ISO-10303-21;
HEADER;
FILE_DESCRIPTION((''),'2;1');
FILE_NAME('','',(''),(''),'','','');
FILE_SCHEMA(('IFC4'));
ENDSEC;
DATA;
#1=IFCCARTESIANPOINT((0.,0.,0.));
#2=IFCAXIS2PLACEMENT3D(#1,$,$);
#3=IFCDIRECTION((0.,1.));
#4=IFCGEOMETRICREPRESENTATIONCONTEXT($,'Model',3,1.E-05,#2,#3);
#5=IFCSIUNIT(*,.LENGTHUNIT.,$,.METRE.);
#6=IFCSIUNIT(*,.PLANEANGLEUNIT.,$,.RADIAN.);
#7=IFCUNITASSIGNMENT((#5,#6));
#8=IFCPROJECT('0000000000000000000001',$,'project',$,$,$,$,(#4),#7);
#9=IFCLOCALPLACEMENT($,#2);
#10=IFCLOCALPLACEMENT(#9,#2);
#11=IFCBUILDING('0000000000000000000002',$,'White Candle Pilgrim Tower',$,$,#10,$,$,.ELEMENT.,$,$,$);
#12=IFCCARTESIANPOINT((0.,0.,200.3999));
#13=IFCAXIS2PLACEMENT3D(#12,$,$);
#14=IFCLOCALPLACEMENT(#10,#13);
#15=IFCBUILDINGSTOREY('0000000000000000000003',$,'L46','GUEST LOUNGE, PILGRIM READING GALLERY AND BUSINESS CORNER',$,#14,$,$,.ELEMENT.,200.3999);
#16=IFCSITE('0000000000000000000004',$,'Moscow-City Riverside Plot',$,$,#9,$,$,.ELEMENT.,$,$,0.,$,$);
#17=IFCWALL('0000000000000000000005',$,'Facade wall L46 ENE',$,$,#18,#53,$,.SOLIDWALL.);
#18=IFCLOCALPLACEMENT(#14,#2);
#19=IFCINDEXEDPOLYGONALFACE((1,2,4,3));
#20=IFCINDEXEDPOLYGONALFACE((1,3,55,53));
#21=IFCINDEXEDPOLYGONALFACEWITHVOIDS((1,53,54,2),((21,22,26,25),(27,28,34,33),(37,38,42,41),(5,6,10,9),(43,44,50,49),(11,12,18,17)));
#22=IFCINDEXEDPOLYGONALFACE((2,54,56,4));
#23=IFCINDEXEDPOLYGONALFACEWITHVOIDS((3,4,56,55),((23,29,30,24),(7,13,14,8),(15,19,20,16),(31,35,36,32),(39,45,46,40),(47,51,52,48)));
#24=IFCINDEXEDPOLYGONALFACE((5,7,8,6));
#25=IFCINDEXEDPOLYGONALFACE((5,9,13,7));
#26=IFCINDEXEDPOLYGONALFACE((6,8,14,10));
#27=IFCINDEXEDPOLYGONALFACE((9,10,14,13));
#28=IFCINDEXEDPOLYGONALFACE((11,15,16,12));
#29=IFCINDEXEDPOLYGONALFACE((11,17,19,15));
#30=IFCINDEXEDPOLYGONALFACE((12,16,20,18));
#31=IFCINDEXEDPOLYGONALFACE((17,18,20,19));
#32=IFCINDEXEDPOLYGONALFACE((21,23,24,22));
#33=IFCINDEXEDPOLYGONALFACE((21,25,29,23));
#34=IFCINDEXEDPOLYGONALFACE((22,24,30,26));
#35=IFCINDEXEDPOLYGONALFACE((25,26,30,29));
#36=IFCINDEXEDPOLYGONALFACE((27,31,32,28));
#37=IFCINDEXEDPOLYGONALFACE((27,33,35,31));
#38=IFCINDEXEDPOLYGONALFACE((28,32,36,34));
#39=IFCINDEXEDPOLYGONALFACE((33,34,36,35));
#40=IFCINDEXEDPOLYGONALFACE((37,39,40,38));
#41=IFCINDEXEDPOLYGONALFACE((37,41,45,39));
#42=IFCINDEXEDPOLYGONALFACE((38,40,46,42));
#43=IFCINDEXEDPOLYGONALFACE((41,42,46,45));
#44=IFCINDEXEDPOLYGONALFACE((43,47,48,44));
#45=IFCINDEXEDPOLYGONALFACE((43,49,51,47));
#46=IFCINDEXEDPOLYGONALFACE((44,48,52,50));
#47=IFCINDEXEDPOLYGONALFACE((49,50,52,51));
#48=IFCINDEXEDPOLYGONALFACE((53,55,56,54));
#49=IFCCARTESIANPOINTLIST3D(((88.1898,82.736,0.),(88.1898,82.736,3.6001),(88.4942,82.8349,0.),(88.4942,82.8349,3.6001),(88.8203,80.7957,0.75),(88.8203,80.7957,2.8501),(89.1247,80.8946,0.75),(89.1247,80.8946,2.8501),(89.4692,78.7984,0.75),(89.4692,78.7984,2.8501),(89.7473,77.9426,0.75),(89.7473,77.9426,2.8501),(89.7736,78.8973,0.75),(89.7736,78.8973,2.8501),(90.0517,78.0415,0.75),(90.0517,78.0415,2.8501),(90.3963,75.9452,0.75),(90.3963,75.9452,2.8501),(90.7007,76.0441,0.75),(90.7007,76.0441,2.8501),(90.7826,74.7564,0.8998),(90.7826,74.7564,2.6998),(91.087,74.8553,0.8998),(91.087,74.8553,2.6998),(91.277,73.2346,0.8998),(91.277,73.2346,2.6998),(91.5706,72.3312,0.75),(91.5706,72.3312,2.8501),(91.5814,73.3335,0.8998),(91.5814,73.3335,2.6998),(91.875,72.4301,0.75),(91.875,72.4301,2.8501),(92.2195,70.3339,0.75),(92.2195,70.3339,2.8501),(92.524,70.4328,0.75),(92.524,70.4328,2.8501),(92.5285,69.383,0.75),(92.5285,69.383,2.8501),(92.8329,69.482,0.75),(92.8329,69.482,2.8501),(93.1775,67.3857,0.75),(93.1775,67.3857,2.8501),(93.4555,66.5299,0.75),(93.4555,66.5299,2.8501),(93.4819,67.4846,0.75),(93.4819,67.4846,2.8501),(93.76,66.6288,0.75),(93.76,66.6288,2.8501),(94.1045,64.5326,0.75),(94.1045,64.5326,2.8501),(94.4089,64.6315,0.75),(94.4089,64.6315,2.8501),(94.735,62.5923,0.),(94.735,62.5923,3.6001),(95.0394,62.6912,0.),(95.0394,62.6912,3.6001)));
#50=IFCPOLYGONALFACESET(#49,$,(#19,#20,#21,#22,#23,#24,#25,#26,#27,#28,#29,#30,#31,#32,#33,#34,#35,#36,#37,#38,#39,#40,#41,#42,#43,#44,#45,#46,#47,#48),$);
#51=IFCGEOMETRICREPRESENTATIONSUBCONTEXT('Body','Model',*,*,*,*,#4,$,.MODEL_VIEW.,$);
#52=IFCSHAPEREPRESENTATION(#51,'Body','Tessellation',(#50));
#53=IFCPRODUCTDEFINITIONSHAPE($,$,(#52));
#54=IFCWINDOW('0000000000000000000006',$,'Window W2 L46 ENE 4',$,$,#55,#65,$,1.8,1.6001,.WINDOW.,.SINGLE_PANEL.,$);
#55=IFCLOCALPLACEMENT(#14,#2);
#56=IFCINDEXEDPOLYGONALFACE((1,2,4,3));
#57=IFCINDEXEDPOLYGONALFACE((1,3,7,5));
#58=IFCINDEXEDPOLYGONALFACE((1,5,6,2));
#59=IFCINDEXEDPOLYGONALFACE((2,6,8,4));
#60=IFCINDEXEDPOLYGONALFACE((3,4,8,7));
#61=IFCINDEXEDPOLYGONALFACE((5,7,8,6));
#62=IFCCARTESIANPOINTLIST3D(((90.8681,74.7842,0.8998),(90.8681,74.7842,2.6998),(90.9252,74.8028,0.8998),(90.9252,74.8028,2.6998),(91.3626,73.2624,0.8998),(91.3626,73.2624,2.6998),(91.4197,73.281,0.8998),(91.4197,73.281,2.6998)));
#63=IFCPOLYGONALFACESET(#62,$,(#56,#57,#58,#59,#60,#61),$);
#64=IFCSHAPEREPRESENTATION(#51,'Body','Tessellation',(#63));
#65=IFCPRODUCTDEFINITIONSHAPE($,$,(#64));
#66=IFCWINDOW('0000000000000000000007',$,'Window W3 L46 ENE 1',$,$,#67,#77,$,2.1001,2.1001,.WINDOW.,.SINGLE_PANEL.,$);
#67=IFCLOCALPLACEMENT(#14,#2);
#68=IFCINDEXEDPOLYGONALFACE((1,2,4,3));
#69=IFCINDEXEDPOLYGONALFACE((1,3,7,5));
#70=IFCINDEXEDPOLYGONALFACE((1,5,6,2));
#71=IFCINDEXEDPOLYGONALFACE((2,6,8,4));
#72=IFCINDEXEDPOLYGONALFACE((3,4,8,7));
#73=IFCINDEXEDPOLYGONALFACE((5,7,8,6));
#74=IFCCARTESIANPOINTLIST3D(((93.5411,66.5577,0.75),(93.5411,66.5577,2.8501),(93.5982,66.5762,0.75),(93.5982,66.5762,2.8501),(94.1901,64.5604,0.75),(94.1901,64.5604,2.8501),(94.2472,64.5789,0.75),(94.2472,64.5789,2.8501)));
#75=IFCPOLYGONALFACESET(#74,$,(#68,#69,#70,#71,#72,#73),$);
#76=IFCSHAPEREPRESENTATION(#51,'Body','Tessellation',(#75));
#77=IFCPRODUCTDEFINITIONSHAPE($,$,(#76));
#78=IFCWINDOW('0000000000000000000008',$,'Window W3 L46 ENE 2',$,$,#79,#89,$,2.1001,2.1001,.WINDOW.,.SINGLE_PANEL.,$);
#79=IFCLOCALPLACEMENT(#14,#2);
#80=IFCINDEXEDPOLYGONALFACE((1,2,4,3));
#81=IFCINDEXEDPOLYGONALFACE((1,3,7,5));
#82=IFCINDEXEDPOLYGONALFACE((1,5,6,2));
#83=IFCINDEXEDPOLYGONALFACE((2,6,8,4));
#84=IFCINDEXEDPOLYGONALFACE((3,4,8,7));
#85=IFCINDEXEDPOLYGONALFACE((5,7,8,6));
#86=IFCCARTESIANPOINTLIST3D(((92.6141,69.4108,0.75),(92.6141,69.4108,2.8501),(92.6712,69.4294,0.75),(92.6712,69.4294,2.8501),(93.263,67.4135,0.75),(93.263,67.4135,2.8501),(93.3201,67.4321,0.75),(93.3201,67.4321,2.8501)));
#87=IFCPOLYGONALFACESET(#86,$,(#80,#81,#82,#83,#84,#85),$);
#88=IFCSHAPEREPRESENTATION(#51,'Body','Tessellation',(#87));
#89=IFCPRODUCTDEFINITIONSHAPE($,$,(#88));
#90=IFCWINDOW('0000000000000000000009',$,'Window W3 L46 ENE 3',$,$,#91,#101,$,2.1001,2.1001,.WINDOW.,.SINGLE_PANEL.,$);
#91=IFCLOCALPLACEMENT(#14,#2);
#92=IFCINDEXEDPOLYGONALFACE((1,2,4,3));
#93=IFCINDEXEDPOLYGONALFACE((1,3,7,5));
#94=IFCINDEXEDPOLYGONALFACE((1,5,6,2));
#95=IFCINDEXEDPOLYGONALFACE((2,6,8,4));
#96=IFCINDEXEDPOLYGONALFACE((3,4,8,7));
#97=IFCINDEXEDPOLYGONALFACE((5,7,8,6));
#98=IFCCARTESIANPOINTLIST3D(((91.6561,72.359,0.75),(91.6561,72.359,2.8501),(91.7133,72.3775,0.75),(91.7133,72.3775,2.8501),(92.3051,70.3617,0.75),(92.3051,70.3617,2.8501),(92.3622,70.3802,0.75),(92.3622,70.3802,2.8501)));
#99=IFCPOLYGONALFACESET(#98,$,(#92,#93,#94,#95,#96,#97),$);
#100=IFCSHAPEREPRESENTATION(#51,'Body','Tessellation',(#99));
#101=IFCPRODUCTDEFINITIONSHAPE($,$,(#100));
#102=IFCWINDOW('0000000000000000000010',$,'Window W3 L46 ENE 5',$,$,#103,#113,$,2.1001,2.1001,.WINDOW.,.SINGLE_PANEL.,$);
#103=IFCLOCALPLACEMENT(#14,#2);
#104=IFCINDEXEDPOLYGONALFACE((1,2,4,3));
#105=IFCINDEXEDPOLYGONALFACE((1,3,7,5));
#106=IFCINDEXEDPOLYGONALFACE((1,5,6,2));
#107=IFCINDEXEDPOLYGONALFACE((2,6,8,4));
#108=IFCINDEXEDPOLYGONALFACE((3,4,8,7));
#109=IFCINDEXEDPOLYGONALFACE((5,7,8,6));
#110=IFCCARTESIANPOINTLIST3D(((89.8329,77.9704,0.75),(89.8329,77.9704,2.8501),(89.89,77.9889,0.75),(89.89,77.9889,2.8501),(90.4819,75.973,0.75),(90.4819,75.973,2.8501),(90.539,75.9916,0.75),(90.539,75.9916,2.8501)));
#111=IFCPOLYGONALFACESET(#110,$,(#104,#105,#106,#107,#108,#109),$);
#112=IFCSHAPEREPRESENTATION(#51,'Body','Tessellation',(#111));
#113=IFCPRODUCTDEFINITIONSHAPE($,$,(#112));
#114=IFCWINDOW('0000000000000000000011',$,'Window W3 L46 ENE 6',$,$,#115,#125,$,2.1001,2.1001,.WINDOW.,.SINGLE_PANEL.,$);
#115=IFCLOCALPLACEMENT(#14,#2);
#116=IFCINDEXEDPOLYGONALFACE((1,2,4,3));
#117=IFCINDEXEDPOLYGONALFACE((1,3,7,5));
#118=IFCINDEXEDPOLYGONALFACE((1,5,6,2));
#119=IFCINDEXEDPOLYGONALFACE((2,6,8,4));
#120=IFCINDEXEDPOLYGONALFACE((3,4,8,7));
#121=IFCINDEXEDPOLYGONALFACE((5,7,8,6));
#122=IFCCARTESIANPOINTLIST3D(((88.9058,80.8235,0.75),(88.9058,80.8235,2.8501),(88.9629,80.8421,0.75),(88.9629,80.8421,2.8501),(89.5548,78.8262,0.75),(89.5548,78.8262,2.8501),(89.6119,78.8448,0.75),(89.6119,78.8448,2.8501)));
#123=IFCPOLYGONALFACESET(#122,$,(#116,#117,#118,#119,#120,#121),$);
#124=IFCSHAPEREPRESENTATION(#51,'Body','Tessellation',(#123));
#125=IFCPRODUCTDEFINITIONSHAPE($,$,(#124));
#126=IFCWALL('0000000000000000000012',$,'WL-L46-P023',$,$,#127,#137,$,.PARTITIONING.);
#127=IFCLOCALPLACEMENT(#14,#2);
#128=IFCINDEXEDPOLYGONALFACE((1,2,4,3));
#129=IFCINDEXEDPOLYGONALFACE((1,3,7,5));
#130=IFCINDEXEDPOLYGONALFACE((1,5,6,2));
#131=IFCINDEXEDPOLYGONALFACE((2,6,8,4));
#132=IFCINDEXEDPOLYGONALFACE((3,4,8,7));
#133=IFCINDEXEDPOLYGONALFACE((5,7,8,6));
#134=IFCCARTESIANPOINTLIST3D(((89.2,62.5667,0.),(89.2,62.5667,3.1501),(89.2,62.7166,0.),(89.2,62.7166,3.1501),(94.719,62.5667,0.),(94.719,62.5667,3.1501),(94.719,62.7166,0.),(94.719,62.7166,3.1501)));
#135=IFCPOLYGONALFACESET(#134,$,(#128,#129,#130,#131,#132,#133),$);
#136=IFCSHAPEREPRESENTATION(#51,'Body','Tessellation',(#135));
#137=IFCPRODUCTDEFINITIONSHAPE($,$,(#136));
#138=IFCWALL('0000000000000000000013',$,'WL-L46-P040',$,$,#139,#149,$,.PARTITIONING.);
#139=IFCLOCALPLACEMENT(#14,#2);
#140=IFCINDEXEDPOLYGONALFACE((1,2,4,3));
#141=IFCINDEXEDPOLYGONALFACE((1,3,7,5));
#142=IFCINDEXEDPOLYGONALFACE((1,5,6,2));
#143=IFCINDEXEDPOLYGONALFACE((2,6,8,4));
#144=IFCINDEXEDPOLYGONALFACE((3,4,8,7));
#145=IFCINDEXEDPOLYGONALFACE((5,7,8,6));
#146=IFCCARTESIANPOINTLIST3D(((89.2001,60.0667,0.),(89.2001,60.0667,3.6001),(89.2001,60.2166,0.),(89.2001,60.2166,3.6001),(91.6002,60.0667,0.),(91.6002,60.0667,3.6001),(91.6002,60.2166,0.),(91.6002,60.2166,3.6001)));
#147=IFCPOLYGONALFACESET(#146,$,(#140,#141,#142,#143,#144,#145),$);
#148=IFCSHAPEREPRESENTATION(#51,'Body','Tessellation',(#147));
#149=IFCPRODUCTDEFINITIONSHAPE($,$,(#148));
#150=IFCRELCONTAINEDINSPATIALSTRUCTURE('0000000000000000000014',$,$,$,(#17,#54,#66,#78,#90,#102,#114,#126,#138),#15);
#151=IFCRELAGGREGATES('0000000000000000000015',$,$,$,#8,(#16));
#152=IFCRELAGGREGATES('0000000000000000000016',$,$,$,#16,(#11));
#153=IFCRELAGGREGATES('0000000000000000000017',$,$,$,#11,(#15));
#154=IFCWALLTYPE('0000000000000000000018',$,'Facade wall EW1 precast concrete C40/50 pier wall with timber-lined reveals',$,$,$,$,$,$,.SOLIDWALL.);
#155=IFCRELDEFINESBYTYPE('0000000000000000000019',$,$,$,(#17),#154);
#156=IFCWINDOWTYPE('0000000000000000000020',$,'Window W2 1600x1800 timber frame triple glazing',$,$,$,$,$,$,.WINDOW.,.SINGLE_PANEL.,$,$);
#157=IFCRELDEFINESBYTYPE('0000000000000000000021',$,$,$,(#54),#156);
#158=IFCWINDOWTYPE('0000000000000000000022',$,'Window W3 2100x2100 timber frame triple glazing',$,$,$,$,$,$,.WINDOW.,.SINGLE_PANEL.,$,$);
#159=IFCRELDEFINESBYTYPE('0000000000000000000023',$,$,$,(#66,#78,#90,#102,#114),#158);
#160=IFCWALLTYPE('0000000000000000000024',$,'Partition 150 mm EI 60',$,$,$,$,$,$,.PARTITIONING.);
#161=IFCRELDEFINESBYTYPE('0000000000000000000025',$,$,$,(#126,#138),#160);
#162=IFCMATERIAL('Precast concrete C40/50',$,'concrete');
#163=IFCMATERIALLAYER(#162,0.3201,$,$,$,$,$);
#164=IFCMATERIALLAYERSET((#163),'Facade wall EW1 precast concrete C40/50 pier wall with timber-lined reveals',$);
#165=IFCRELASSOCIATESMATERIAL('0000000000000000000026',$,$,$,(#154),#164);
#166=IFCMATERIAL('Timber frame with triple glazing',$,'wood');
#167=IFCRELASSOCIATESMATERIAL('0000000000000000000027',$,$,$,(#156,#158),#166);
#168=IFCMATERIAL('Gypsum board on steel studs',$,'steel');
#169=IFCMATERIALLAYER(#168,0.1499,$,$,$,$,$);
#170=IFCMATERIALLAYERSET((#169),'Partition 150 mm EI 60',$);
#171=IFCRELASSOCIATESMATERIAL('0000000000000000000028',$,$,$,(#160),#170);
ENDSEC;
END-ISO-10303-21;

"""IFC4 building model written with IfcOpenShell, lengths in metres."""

from ifc_helpers import new_model, si_unit, direction, frame, frame_2d, origin, place, context, subcontext, project, spatial, rectangle, extrude, material, layer, layer_set, type_object, element, fill, save


model = new_model("IFC4")

# Units and contexts
model_context = context("Model", 3, precision=1e-05, world=origin(), true_north=direction((0.0, 1.0)))
body_context = subcontext(model_context, "Body", "Model", "MODEL_VIEW")
ifc_project = project(units=[si_unit("LENGTHUNIT", "METRE"), si_unit("PLANEANGLEUNIT", "RADIAN")], contexts=[model_context])

# Site, building, storey
site_placement = place(None, origin())
site = spatial("IfcSite", under=ifc_project, at=site_placement, Name="Moscow-City Riverside Plot", CompositionType="ELEMENT", RefElevation=0.0)
building_placement = place(site_placement, origin())
building = spatial("IfcBuilding", under=site, at=building_placement, Name="White Candle Pilgrim Tower", CompositionType="ELEMENT")
storey_placement = place(building_placement, frame((0.0, 0.0, 200.3999)))
storey = spatial("IfcBuildingStorey", under=building, at=storey_placement, Name="L46", Description="GUEST LOUNGE, PILGRIM READING GALLERY AND BUSINESS CORNER", CompositionType="ELEMENT", Elevation=200.3999)

# Shared definitions
ifc_material_1 = material(Name="Gypsum board on steel studs", Category="steel")

# Wall, openings, windows
ifc_material_2 = material(Name="Precast concrete C40/50", Category="concrete")
ifc_layer_1 = layer(ifc_material_2, 0.3201)
ifc_layer_set_1 = layer_set([ifc_layer_1], Name="Facade wall EW1 precast concrete C40/50 pier wall with timber-lined reveals")
wall_type_1 = type_object("IfcWallType", Name="Facade wall EW1 precast concrete C40/50 pier wall with timber-lined reveals", PredefinedType="SOLIDWALL", material=ifc_layer_set_1)
wall_1_placement = place(storey_placement, frame((94.8872, 62.6416, 0.0), z_axis=(0.0, 0.0, 1.0), x_axis=(-0.309019, 0.951056, 0.0)))
wall_1 = element("IfcWall", 1, at=wall_1_placement, inside=storey, type_object=wall_type_1, Name="Facade wall L46 ENE", PredefinedType="SOLIDWALL", context=body_context, shape_type="SweptSolid", body=[
    extrude(rectangle(XDim=21.1804, YDim=0.3201, at=frame_2d((10.5903, 0.0))), origin(), (0.0, 0.0, 1.0), 3.6001),
])
opening_1_placement = place(wall_1_placement, frame((2.0403, 0.0, 0.75)))
opening_1 = element("IfcOpeningElement", 2, at=opening_1_placement, cuts=wall_1, PredefinedType="OPENING", context=body_context, shape_type="SweptSolid", body=[
    extrude(rectangle(XDim=2.1001, YDim=2.1001, at=frame_2d((1.05, 1.05))), frame((0.0, 0.1699, 0.0), z_axis=(0.0, -1.0, 0.0), x_axis=(1.0, 0.0, 0.0)), (0.0, 0.0, 1.0), 0.3401),
])
opening_2_placement = place(wall_1_placement, frame((5.0403, 0.0, 0.75)))
opening_2 = element("IfcOpeningElement", 3, at=opening_2_placement, cuts=wall_1, PredefinedType="OPENING", context=body_context, shape_type="SweptSolid", body=[
    extrude(rectangle(XDim=2.1001, YDim=2.1001, at=frame_2d((1.05, 1.05))), frame((0.0, 0.1699, 0.0), z_axis=(0.0, -1.0, 0.0), x_axis=(1.0, 0.0, 0.0)), (0.0, 0.0, 1.0), 0.3401),
])
opening_3_placement = place(wall_1_placement, frame((8.1401, 0.0, 0.75)))
opening_3 = element("IfcOpeningElement", 4, at=opening_3_placement, cuts=wall_1, PredefinedType="OPENING", context=body_context, shape_type="SweptSolid", body=[
    extrude(rectangle(XDim=2.1001, YDim=2.1001, at=frame_2d((1.05, 1.05))), frame((0.0, 0.1699, 0.0), z_axis=(0.0, -1.0, 0.0), x_axis=(1.0, 0.0, 0.0)), (0.0, 0.0, 1.0), 0.3401),
])
opening_4_placement = place(wall_1_placement, frame((11.1902, 0.0, 0.8999)))
opening_4 = element("IfcOpeningElement", 5, at=opening_4_placement, cuts=wall_1, PredefinedType="OPENING", context=body_context, shape_type="SweptSolid", body=[
    extrude(rectangle(XDim=1.6001, YDim=1.8, at=frame_2d((0.8, 0.8999))), frame((0.0, 0.1699, 0.0), z_axis=(0.0, -1.0, 0.0), x_axis=(1.0, 0.0, 0.0)), (0.0, 0.0, 1.0), 0.3401),
])
opening_5_placement = place(wall_1_placement, frame((14.0403, 0.0, 0.75)))
opening_5 = element("IfcOpeningElement", 6, at=opening_5_placement, cuts=wall_1, PredefinedType="OPENING", context=body_context, shape_type="SweptSolid", body=[
    extrude(rectangle(XDim=2.1001, YDim=2.1001, at=frame_2d((1.05, 1.05))), frame((0.0, 0.1699, 0.0), z_axis=(0.0, -1.0, 0.0), x_axis=(1.0, 0.0, 0.0)), (0.0, 0.0, 1.0), 0.3401),
])
opening_6_placement = place(wall_1_placement, frame((17.0403, 0.0, 0.75)))
opening_6 = element("IfcOpeningElement", 7, at=opening_6_placement, cuts=wall_1, PredefinedType="OPENING", context=body_context, shape_type="SweptSolid", body=[
    extrude(rectangle(XDim=2.1001, YDim=2.1001, at=frame_2d((1.05, 1.05))), frame((0.0, 0.1699, 0.0), z_axis=(0.0, -1.0, 0.0), x_axis=(1.0, 0.0, 0.0)), (0.0, 0.0, 1.0), 0.3401),
])
ifc_material_3 = material(Name="Timber frame with triple glazing", Category="wood")
window_type_1 = type_object("IfcWindowType", Name="Window W2 1600x1800 timber frame triple glazing", PartitioningType="SINGLE_PANEL", PredefinedType="WINDOW", material=ifc_material_3)
window_1_placement = place(opening_4_placement, origin())
window_1 = element("IfcWindow", 8, at=window_1_placement, inside=storey, type_object=window_type_1, Name="Window W2 L46 ENE 4", OverallHeight=1.8, OverallWidth=1.6001, PartitioningType="SINGLE_PANEL", PredefinedType="WINDOW", context=body_context, shape_type="SweptSolid", body=[
    extrude(rectangle(XDim=1.6001, YDim=1.8, at=frame_2d((0.8, 0.8999))), frame((0.0, 0.0701, 0.0), z_axis=(0.0, -1.0, 0.0), x_axis=(1.0, 0.0, 0.0)), (0.0, 0.0, 1.0), 0.0601),
])
fill(opening_4, window_1)
window_type_2 = type_object("IfcWindowType", Name="Window W3 2100x2100 timber frame triple glazing", PartitioningType="SINGLE_PANEL", PredefinedType="WINDOW", material=ifc_material_3)
window_2_placement = place(opening_1_placement, origin())
window_2 = element("IfcWindow", 9, at=window_2_placement, inside=storey, type_object=window_type_2, Name="Window W3 L46 ENE 1", OverallHeight=2.1001, OverallWidth=2.1001, PartitioningType="SINGLE_PANEL", PredefinedType="WINDOW", context=body_context, shape_type="SweptSolid", body=[
    extrude(rectangle(XDim=2.1001, YDim=2.1001, at=frame_2d((1.05, 1.05))), frame((0.0, 0.0701, 0.0), z_axis=(0.0, -1.0, 0.0), x_axis=(1.0, 0.0, 0.0)), (0.0, 0.0, 1.0), 0.0601),
])
fill(opening_1, window_2)
window_3_placement = place(opening_2_placement, origin())
window_3 = element("IfcWindow", 10, at=window_3_placement, inside=storey, type_object=window_type_2, Name="Window W3 L46 ENE 2", OverallHeight=2.1001, OverallWidth=2.1001, PartitioningType="SINGLE_PANEL", PredefinedType="WINDOW", context=body_context, shape_type="SweptSolid", body=[
    extrude(rectangle(XDim=2.1001, YDim=2.1001, at=frame_2d((1.05, 1.05))), frame((0.0, 0.0701, 0.0), z_axis=(0.0, -1.0, 0.0), x_axis=(1.0, 0.0, 0.0)), (0.0, 0.0, 1.0), 0.0601),
])
fill(opening_2, window_3)
window_4_placement = place(opening_3_placement, origin())
window_4 = element("IfcWindow", 11, at=window_4_placement, inside=storey, type_object=window_type_2, Name="Window W3 L46 ENE 3", OverallHeight=2.1001, OverallWidth=2.1001, PartitioningType="SINGLE_PANEL", PredefinedType="WINDOW", context=body_context, shape_type="SweptSolid", body=[
    extrude(rectangle(XDim=2.1001, YDim=2.1001, at=frame_2d((1.05, 1.05))), frame((0.0, 0.0701, 0.0), z_axis=(0.0, -1.0, 0.0), x_axis=(1.0, 0.0, 0.0)), (0.0, 0.0, 1.0), 0.0601),
])
fill(opening_3, window_4)
window_5_placement = place(opening_5_placement, origin())
window_5 = element("IfcWindow", 12, at=window_5_placement, inside=storey, type_object=window_type_2, Name="Window W3 L46 ENE 5", OverallHeight=2.1001, OverallWidth=2.1001, PartitioningType="SINGLE_PANEL", PredefinedType="WINDOW", context=body_context, shape_type="SweptSolid", body=[
    extrude(rectangle(XDim=2.1001, YDim=2.1001, at=frame_2d((1.05, 1.05))), frame((0.0, 0.0701, 0.0), z_axis=(0.0, -1.0, 0.0), x_axis=(1.0, 0.0, 0.0)), (0.0, 0.0, 1.0), 0.0601),
])
fill(opening_5, window_5)
window_6_placement = place(opening_6_placement, origin())
window_6 = element("IfcWindow", 13, at=window_6_placement, inside=storey, type_object=window_type_2, Name="Window W3 L46 ENE 6", OverallHeight=2.1001, OverallWidth=2.1001, PartitioningType="SINGLE_PANEL", PredefinedType="WINDOW", context=body_context, shape_type="SweptSolid", body=[
    extrude(rectangle(XDim=2.1001, YDim=2.1001, at=frame_2d((1.05, 1.05))), frame((0.0, 0.0701, 0.0), z_axis=(0.0, -1.0, 0.0), x_axis=(1.0, 0.0, 0.0)), (0.0, 0.0, 1.0), 0.0601),
])
fill(opening_6, window_6)

# Walls
ifc_layer_2 = layer(ifc_material_1, 0.1499)
ifc_layer_set_2 = layer_set([ifc_layer_2], Name="Partition 150 mm EI 60")
wall_type_2 = type_object("IfcWallType", Name="Partition 150 mm EI 60", PredefinedType="PARTITIONING", material=ifc_layer_set_2)
wall_2_placement = place(storey_placement, frame((94.719, 62.6416, 0.0), z_axis=(0.0, 0.0, 1.0), x_axis=(-1.0, 0.0, 0.0)))
element("IfcWall", 14, at=wall_2_placement, inside=storey, type_object=wall_type_2, Name="WL-L46-P023", PredefinedType="PARTITIONING", context=body_context, shape_type="SweptSolid", body=[
    extrude(rectangle(XDim=5.519, YDim=0.1499, at=frame_2d((2.7595, 0.0))), origin(), (0.0, 0.0, 1.0), 3.1501),
])
wall_3_placement = place(storey_placement, frame((89.2, 60.1416, 0.0), z_axis=(0.0, 0.0, 1.0), x_axis=(1.0, 0.0, 0.0)))
element("IfcWall", 15, at=wall_3_placement, inside=storey, type_object=wall_type_2, Name="WL-L46-P040", PredefinedType="PARTITIONING", context=body_context, shape_type="SweptSolid", body=[
    extrude(rectangle(XDim=2.4001, YDim=0.1499, at=frame_2d((1.2002, 0.0))), origin(), (0.0, 0.0, 1.0), 3.6001),
])

save(model, "model.ifc")
